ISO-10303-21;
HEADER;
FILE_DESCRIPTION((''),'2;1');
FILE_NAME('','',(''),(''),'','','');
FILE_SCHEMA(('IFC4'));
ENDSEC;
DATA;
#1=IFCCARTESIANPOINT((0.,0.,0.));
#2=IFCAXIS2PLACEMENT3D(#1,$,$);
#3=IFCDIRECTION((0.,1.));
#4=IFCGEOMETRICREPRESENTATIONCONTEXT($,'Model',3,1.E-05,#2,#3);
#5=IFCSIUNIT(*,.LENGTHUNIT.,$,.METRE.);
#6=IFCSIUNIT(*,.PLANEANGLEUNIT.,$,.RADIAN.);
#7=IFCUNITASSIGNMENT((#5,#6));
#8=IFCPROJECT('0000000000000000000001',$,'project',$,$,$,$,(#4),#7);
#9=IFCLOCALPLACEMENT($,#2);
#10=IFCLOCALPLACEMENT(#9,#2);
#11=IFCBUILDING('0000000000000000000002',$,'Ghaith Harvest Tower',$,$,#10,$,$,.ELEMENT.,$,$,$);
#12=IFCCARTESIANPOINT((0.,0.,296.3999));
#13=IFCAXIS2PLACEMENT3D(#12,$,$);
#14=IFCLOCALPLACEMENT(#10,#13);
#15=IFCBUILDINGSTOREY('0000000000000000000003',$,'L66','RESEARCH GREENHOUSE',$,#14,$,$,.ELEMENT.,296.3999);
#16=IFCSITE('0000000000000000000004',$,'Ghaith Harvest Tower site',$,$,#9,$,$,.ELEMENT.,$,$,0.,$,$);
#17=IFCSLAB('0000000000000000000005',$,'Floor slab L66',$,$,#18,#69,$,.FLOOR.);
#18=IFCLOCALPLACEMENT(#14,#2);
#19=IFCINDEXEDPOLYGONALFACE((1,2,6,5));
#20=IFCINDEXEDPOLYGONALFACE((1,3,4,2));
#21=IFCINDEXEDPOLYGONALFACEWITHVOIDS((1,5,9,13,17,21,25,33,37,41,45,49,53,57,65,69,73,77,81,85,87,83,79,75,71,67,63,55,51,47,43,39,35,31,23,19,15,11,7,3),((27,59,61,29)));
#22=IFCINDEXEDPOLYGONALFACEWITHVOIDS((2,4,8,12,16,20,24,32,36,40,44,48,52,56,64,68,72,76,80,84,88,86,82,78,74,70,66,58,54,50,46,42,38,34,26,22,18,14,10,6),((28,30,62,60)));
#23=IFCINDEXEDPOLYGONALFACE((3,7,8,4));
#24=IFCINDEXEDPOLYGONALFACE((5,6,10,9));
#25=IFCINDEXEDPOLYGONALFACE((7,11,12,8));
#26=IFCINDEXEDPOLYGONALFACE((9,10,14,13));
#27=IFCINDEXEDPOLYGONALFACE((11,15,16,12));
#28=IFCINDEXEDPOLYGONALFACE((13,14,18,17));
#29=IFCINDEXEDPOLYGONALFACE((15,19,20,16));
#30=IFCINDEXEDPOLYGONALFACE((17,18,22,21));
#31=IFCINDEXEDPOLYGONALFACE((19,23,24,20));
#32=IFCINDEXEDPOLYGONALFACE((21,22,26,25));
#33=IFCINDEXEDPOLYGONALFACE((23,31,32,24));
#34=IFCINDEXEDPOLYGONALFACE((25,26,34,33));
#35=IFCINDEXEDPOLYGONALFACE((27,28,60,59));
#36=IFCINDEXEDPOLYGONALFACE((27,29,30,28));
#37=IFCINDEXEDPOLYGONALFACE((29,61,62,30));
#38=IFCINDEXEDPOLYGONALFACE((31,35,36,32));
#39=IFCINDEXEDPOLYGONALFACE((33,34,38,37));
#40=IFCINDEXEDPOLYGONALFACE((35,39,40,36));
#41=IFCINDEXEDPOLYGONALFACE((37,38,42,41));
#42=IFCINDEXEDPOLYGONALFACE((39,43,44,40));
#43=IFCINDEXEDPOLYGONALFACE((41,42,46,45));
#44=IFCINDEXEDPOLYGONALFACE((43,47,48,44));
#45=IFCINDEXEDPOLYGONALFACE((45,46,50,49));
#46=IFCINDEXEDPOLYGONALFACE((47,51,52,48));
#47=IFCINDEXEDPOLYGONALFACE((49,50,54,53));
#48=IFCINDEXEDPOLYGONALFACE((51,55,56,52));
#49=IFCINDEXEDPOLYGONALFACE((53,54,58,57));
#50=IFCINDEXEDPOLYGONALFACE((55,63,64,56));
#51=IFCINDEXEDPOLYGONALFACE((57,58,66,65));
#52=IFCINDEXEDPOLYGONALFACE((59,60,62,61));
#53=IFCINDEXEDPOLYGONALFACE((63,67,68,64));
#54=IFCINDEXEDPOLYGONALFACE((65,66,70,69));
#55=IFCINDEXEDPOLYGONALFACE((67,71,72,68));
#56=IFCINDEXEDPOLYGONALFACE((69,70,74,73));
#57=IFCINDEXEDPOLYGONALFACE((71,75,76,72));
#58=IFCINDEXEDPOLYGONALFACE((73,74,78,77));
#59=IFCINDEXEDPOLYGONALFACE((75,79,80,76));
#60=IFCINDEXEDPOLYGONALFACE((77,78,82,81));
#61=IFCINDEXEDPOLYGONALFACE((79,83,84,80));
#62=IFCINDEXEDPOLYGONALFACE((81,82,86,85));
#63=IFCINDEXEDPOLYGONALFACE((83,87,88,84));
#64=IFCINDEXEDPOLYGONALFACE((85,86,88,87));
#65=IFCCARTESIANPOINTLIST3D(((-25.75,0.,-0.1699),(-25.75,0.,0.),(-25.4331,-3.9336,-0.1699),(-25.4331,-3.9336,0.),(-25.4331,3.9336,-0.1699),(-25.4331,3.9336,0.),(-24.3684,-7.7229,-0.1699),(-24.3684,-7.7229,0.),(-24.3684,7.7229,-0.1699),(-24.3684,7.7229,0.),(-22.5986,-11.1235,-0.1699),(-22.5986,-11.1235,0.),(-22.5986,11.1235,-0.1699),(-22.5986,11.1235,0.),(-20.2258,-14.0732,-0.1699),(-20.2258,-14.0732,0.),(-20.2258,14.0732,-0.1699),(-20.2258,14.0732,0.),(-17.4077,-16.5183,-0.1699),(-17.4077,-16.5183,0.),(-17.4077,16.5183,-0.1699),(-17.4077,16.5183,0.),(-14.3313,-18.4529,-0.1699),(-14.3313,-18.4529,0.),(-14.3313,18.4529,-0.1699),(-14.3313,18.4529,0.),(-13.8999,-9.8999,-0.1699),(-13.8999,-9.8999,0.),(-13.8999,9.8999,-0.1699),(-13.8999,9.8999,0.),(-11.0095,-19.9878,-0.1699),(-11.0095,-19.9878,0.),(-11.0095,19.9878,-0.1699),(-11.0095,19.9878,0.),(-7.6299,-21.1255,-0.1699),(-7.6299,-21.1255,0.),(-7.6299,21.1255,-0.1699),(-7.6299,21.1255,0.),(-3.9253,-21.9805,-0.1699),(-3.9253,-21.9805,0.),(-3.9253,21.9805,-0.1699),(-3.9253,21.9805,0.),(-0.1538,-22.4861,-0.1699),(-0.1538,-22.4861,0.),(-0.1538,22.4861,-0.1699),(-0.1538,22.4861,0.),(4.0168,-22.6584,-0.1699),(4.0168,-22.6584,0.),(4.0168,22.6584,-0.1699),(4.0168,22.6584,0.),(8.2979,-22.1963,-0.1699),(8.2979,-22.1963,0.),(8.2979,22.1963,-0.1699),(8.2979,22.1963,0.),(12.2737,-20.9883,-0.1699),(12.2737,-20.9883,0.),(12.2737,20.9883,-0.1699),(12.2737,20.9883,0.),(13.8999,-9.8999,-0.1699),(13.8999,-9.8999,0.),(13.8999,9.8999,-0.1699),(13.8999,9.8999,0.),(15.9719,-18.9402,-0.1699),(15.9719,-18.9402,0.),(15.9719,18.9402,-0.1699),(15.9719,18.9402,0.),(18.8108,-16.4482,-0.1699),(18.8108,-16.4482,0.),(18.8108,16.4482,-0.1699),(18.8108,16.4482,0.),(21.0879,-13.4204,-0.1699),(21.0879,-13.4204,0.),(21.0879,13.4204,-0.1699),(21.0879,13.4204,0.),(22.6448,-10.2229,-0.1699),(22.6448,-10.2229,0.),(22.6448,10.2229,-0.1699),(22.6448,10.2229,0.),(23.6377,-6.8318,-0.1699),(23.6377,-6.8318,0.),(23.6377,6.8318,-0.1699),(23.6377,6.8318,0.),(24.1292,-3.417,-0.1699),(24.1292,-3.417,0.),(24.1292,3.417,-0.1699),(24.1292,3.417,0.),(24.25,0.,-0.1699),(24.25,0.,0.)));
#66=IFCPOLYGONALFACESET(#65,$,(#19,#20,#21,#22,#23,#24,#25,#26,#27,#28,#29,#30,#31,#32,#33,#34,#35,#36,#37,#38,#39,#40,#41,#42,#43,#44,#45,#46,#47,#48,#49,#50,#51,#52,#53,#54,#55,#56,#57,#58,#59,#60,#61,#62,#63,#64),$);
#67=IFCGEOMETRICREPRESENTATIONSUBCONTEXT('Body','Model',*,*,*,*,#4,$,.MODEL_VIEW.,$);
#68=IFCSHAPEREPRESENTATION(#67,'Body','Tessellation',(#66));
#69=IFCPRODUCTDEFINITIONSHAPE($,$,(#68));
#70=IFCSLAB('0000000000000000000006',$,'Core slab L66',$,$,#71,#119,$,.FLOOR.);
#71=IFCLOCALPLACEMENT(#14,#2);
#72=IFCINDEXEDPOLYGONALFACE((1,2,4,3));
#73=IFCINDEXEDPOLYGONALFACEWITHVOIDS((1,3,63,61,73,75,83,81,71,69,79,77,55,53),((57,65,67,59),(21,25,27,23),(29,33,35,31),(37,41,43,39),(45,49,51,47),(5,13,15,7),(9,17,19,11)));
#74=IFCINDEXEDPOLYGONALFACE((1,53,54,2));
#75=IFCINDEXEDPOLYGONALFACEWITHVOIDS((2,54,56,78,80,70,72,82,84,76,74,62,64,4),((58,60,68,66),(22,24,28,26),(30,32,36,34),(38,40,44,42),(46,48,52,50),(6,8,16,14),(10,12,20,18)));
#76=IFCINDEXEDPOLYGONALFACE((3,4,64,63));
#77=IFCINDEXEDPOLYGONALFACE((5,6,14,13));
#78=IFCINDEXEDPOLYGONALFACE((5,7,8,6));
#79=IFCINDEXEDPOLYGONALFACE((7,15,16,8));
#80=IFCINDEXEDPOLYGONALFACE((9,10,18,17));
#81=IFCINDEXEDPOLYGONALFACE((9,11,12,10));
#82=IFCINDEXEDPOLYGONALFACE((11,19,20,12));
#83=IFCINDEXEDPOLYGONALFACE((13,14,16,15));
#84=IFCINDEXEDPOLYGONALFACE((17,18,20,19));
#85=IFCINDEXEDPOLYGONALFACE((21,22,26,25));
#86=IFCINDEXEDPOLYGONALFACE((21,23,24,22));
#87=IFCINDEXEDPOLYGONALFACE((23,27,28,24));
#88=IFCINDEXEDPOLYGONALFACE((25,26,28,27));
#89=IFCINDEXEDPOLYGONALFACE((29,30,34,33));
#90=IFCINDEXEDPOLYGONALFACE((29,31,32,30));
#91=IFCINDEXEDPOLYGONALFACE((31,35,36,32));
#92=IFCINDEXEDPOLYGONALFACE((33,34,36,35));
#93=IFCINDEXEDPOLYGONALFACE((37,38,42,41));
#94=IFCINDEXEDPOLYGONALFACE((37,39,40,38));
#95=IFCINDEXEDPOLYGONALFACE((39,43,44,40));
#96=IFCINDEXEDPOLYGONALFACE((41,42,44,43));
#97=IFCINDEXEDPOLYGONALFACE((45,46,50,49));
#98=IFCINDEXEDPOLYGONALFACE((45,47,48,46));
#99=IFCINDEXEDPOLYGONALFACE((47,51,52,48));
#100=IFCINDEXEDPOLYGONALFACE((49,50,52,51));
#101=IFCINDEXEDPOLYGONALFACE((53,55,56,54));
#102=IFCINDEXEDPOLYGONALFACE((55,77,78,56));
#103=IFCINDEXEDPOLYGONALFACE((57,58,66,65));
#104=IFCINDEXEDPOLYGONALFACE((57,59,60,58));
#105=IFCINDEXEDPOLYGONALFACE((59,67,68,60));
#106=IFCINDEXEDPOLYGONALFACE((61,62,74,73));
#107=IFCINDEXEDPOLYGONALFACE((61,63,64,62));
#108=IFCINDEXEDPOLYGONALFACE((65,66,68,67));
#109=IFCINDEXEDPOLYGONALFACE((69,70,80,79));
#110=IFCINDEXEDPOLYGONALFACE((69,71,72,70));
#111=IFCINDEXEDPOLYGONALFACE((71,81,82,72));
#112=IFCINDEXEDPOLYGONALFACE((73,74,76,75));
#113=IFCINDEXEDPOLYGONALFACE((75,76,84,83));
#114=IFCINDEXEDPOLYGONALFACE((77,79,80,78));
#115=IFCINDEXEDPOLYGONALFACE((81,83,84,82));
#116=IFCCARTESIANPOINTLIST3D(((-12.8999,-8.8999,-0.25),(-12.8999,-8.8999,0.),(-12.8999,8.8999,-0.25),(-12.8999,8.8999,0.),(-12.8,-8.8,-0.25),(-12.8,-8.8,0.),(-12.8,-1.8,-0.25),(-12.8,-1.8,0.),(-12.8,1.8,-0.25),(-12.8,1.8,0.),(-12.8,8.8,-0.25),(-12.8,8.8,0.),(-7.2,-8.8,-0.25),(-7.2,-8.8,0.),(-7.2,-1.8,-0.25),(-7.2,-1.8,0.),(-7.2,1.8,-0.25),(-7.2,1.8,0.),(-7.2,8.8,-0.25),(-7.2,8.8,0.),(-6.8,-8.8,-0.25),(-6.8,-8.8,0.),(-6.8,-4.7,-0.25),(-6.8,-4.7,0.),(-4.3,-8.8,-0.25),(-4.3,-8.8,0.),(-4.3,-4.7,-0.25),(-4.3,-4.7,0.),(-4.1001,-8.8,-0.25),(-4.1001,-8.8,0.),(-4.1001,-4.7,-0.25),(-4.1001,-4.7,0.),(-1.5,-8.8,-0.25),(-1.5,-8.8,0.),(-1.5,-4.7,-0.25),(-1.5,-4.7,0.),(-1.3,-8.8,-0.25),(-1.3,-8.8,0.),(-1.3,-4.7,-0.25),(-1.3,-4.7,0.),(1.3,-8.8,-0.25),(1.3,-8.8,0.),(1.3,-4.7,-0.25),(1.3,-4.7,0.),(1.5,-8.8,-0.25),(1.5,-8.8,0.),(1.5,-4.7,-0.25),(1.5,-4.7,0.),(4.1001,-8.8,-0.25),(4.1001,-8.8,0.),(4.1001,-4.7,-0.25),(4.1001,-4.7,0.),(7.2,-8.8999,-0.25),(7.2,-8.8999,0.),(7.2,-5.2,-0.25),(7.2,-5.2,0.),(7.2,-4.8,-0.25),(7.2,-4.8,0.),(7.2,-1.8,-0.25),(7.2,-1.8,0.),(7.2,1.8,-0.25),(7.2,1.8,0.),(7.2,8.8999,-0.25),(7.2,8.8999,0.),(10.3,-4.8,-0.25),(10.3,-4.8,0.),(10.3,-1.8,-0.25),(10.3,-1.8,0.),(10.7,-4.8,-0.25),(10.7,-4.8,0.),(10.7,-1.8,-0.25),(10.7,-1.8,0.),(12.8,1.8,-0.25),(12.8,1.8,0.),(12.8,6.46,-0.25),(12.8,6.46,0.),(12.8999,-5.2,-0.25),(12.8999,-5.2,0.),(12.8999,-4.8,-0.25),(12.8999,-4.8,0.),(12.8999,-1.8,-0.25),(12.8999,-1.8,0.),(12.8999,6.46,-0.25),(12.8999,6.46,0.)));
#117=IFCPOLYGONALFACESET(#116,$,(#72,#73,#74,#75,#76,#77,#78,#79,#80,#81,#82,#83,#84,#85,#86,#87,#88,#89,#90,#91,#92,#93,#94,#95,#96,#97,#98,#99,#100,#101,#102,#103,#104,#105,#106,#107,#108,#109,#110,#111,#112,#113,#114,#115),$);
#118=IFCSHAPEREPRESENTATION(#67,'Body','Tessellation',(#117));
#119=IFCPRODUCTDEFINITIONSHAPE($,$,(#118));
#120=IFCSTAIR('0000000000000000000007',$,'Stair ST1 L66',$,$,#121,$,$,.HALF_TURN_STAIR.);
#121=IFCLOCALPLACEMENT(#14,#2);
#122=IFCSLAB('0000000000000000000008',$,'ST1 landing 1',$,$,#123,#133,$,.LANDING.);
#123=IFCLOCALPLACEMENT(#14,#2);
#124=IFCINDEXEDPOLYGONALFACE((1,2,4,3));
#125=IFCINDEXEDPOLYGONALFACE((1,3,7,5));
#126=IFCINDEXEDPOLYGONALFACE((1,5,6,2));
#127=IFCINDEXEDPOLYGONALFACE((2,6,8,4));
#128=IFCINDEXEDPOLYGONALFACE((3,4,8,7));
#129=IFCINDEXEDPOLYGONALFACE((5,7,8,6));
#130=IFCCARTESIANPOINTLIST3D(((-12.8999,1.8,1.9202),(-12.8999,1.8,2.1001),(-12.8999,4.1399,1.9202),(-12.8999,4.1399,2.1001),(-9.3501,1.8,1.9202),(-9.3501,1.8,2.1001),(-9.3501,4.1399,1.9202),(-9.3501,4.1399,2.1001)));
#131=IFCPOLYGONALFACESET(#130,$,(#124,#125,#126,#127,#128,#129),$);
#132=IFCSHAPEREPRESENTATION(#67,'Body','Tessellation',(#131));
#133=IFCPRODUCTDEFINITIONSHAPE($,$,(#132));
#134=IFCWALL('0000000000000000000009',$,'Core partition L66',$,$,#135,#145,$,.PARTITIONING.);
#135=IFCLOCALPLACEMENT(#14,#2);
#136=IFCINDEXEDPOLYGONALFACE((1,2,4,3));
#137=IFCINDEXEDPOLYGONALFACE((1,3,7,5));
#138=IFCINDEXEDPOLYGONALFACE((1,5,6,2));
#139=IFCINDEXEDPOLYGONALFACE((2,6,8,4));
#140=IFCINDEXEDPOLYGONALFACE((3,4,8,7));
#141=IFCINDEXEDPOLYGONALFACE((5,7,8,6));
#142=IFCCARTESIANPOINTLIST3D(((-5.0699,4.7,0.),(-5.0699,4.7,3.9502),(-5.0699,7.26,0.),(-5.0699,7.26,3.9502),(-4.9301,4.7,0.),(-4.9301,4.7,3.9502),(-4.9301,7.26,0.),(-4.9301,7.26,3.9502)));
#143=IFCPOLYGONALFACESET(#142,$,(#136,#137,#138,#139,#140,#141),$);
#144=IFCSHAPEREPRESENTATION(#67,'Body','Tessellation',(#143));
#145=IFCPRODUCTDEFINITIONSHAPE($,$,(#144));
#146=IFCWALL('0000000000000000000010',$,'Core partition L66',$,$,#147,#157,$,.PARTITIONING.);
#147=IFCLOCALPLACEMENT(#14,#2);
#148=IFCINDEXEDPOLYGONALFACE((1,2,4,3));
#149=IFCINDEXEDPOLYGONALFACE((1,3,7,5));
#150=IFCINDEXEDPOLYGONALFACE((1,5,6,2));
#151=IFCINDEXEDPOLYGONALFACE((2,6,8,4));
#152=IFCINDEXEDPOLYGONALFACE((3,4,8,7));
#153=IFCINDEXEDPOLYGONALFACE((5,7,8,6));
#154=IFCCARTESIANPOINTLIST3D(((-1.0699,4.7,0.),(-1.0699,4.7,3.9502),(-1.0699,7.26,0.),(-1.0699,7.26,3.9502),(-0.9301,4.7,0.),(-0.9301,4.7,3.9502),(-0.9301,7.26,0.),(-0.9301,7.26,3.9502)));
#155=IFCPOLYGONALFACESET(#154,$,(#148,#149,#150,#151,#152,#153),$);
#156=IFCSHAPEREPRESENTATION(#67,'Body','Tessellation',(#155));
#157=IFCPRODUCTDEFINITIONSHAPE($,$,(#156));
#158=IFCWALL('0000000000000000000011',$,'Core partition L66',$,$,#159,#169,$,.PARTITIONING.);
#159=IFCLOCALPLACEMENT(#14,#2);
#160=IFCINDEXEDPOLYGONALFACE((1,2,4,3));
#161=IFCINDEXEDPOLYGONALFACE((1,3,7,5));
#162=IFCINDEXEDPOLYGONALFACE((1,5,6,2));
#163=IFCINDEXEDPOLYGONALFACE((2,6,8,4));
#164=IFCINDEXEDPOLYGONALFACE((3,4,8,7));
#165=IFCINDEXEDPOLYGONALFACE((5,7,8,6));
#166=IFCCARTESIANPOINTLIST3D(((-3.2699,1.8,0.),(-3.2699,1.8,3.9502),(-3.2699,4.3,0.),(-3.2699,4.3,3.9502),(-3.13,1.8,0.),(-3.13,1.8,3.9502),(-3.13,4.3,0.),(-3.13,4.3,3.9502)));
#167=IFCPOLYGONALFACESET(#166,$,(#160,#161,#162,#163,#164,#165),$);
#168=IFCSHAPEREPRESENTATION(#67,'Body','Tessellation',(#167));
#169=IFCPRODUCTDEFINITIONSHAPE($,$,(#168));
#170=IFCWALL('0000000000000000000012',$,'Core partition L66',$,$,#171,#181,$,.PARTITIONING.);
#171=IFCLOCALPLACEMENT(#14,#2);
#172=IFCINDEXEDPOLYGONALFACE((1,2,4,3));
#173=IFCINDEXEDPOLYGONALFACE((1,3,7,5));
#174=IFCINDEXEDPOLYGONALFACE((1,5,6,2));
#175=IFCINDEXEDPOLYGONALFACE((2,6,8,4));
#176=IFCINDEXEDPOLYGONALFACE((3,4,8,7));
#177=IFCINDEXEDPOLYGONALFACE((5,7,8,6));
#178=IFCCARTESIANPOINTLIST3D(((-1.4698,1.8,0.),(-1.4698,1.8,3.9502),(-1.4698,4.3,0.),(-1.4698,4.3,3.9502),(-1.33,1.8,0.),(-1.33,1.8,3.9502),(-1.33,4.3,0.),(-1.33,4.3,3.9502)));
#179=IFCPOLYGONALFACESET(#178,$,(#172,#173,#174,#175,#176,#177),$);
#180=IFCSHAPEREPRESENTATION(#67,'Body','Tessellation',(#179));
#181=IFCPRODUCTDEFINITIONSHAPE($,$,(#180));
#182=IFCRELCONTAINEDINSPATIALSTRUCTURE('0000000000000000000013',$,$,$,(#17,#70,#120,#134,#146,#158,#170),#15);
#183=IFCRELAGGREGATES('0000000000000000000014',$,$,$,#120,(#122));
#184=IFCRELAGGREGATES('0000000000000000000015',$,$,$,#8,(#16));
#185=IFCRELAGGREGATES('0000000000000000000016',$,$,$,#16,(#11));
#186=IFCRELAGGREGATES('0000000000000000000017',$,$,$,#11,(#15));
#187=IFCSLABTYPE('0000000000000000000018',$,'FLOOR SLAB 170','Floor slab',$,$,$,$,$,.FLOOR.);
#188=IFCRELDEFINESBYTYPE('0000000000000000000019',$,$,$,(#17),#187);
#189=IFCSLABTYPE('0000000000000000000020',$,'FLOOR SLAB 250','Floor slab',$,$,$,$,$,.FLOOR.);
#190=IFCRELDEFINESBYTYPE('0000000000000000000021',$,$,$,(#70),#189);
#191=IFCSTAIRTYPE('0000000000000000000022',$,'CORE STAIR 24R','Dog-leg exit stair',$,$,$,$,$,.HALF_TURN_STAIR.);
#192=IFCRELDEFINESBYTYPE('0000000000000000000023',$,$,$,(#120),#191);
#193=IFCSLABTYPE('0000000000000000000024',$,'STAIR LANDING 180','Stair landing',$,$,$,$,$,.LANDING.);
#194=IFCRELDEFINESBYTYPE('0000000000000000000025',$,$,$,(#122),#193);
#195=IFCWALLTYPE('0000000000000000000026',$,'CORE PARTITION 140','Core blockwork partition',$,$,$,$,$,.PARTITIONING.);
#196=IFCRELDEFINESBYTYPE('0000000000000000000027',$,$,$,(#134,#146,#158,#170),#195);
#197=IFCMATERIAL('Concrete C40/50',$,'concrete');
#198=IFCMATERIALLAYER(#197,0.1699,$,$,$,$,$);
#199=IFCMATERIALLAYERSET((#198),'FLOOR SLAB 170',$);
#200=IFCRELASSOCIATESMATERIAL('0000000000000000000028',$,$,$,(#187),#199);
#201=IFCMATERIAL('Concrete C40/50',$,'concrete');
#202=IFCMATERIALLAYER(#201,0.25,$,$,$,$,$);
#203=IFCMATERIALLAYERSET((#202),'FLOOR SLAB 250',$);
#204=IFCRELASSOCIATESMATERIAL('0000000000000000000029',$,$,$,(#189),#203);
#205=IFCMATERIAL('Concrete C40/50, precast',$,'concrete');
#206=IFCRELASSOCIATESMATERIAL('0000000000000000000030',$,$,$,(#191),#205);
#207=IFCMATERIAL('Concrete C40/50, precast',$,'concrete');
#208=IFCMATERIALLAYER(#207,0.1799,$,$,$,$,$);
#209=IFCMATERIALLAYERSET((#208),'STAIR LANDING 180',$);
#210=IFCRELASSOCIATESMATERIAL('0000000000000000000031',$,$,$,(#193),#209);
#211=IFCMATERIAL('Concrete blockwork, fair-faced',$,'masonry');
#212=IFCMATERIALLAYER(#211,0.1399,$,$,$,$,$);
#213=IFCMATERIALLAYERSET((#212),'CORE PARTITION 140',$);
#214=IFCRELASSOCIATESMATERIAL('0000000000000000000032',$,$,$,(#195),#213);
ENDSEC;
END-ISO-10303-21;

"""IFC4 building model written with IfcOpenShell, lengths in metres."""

from ifc_helpers import new_model, si_unit, direction, frame, frame_2d, origin, place, context, subcontext, project, spatial, polyline, rectangle, outline, extrude, material, layer, layer_set, type_object, element, aggregate, save


model = new_model("IFC4")

# Units and contexts
model_context = context("Model", 3, precision=1e-05, world=origin(), true_north=direction((0.0, 1.0)))
body_context = subcontext(model_context, "Body", "Model", "MODEL_VIEW")
ifc_project = project(units=[si_unit("LENGTHUNIT", "METRE"), si_unit("PLANEANGLEUNIT", "RADIAN")], contexts=[model_context])

# Site, building, storey
site_placement = place(None, origin())
site = spatial("IfcSite", under=ifc_project, at=site_placement, Name="Ghaith Harvest Tower site", CompositionType="ELEMENT", RefElevation=0.0)
building_placement = place(site_placement, origin())
building = spatial("IfcBuilding", under=site, at=building_placement, Name="Ghaith Harvest Tower", CompositionType="ELEMENT")
storey_placement = place(building_placement, frame((0.0, 0.0, 296.3999)))
storey = spatial("IfcBuildingStorey", under=building, at=storey_placement, Name="L66", Description="RESEARCH GREENHOUSE", CompositionType="ELEMENT", Elevation=296.3999)

# Slabs
ifc_material_1 = material(Name="Concrete C40/50", Category="concrete")
ifc_layer_1 = layer(ifc_material_1, 0.1699)
ifc_layer_set_1 = layer_set([ifc_layer_1], Name="FLOOR SLAB 170")
slab_type_1 = type_object("IfcSlabType", Name="FLOOR SLAB 170", Description="Floor slab", PredefinedType="FLOOR", material=ifc_layer_set_1)
slab_1_placement = place(storey_placement, frame((0.0, 0.0, -0.1699)))
element("IfcSlab", 1, at=slab_1_placement, inside=storey, type_object=slab_type_1, Name="Floor slab L66", PredefinedType="FLOOR", context=body_context, shape_type="SweptSolid", body=[
    extrude(outline(polyline([(24.25, 0.0), (24.1292, 3.417), (23.6377, 6.8318), (22.6448, 10.2229), (21.0879, 13.4204), (18.8108, 16.4482), (15.9719, 18.9402), (12.2737, 20.9883), (8.2979, 22.1963), (4.0168, 22.6584), (-0.1538, 22.4861), (-3.9253, 21.9805), (-7.6299, 21.1255), (-11.0095, 19.9878), (-14.3313, 18.4529), (-17.4077, 16.5183), (-20.2258, 14.0732), (-22.5986, 11.1235), (-24.3684, 7.7229), (-25.4331, 3.9336), (-25.75, 0.0), (-25.4331, -3.9336), (-24.3684, -7.7229), (-22.5986, -11.1235), (-20.2258, -14.0732), (-17.4077, -16.5183), (-14.3313, -18.4529), (-11.0095, -19.9878), (-7.6299, -21.1255), (-3.9253, -21.9805), (-0.1538, -22.4861), (4.0168, -22.6584), (8.2979, -22.1963), (12.2737, -20.9883), (15.9719, -18.9402), (18.8108, -16.4482), (21.0879, -13.4204), (22.6448, -10.2229), (23.6377, -6.8318), (24.1292, -3.417), (24.25, 0.0)]), holes=[polyline([(-13.8999, -9.8999), (13.8999, -9.8999), (13.8999, 9.8999), (-13.8999, 9.8999), (-13.8999, -9.8999)])]), origin(), (0.0, 0.0, 1.0), 0.1699),
])
ifc_material_2 = material(Name="Concrete C40/50", Category="concrete")
ifc_layer_2 = layer(ifc_material_2, 0.25)
ifc_layer_set_2 = layer_set([ifc_layer_2], Name="FLOOR SLAB 250")
slab_type_2 = type_object("IfcSlabType", Name="FLOOR SLAB 250", Description="Floor slab", PredefinedType="FLOOR", material=ifc_layer_set_2)
slab_2_placement = place(storey_placement, frame((0.0, 0.0, -0.25)))
element("IfcSlab", 2, at=slab_2_placement, inside=storey, type_object=slab_type_2, Name="Core slab L66", PredefinedType="FLOOR", context=body_context, shape_type="SweptSolid", body=[
    extrude(outline(polyline([(-12.8999, 8.8999), (7.2, 8.8999), (7.2, 1.8), (12.8, 1.8), (12.8, 6.46), (12.8999, 6.46), (12.8999, -1.8), (10.7, -1.8), (10.7, -4.8), (12.8999, -4.8), (12.8999, -5.2), (7.2, -5.2), (7.2, -8.8999), (-12.8999, -8.8999), (-12.8999, 8.8999)]), holes=[polyline([(-4.3, -4.7), (-6.8, -4.7), (-6.8, -8.8), (-4.3, -8.8), (-4.3, -4.7)]), polyline([(-1.5, -4.7), (-4.1001, -4.7), (-4.1001, -8.8), (-1.5, -8.8), (-1.5, -4.7)]), polyline([(1.3, -8.8), (1.3, -4.7), (-1.3, -4.7), (-1.3, -8.8), (1.3, -8.8)]), polyline([(4.1001, -8.8), (4.1001, -4.7), (1.5, -4.7), (1.5, -8.8), (4.1001, -8.8)]), polyline([(-7.2, -1.8), (-12.8, -1.8), (-12.8, -8.8), (-7.2, -8.8), (-7.2, -1.8)]), polyline([(10.3, -1.8), (7.2, -1.8), (7.2, -4.8), (10.3, -4.8), (10.3, -1.8)]), polyline([(-12.8, 1.8), (-7.2, 1.8), (-7.2, 8.8), (-12.8, 8.8), (-12.8, 1.8)])]), origin(), (0.0, 0.0, 1.0), 0.25),
])

# Stair, slab
ifc_material_3 = material(Name="Concrete C40/50, precast", Category="concrete")
stair_type = type_object("IfcStairType", Name="CORE STAIR 24R", Description="Dog-leg exit stair", PredefinedType="HALF_TURN_STAIR", material=ifc_material_3)
stair_placement = place(storey_placement, origin())
stair = element("IfcStair", 3, at=stair_placement, inside=storey, type_object=stair_type, Name="Stair ST1 L66", PredefinedType="HALF_TURN_STAIR")
ifc_material_4 = material(Name="Concrete C40/50, precast", Category="concrete")
ifc_layer_3 = layer(ifc_material_4, 0.1799)
ifc_layer_set_3 = layer_set([ifc_layer_3], Name="STAIR LANDING 180")
slab_type_3 = type_object("IfcSlabType", Name="STAIR LANDING 180", Description="Stair landing", PredefinedType="LANDING", material=ifc_layer_set_3)
slab_3_placement = place(storey_placement, frame((0.0, 0.0, 1.9202)))
slab_3 = element("IfcSlab", 4, at=slab_3_placement, type_object=slab_type_3, Name="ST1 landing 1", PredefinedType="LANDING", context=body_context, shape_type="SweptSolid", body=[
    extrude(outline(polyline([(-12.8999, 4.1399), (-12.8999, 1.8), (-9.3501, 1.8), (-9.3501, 4.1399), (-12.8999, 4.1399)])), origin(), (0.0, 0.0, 1.0), 0.1799),
])

# Shared definitions
ifc_material_5 = material(Name="Concrete blockwork, fair-faced", Category="masonry")
ifc_layer_4 = layer(ifc_material_5, 0.1399)
ifc_layer_set_4 = layer_set([ifc_layer_4], Name="CORE PARTITION 140")
wall_type_1 = type_object("IfcWallType", Name="CORE PARTITION 140", Description="Core blockwork partition", PredefinedType="PARTITIONING", material=ifc_layer_set_4)

# Walls
for number, where, z_axis, x_axis, name in (
    (5, (-5.0, 4.7, 0.0), (0.0, 0.0, 1.0), (0.0, 1.0, 0.0), "Core partition L66"),
    (6, (-1.0, 4.7, 0.0), (0.0, 0.0, 1.0), (0.0, 1.0, 0.0), "Core partition L66"),
):
    element("IfcWall", number, at=place(storey_placement, frame(where, z_axis=z_axis, x_axis=x_axis)), inside=storey, type_object=wall_type_1, Name=name, PredefinedType="PARTITIONING", context=body_context, shape_type="SweptSolid", body=[
        extrude(rectangle(XDim=2.5601, YDim=0.1399, at=frame_2d((1.28, 0.0))), origin(), (0.0, 0.0, 1.0), 3.9502),
    ])
for number, where, z_axis, x_axis, name in (
    (7, (-3.2, 1.8, 0.0), (0.0, 0.0, 1.0), (0.0, 1.0, 0.0), "Core partition L66"),
    (8, (-1.3999, 1.8, 0.0), (0.0, 0.0, 1.0), (0.0, 1.0, 0.0), "Core partition L66"),
):
    element("IfcWall", number, at=place(storey_placement, frame(where, z_axis=z_axis, x_axis=x_axis)), inside=storey, type_object=wall_type_1, Name=name, PredefinedType="PARTITIONING", context=body_context, shape_type="SweptSolid", body=[
        extrude(rectangle(XDim=2.5, YDim=0.1399, at=frame_2d((1.25, 0.0))), origin(), (0.0, 0.0, 1.0), 3.9502),
    ])

aggregate(stair, [slab_3])

save(model, "model.ifc")
